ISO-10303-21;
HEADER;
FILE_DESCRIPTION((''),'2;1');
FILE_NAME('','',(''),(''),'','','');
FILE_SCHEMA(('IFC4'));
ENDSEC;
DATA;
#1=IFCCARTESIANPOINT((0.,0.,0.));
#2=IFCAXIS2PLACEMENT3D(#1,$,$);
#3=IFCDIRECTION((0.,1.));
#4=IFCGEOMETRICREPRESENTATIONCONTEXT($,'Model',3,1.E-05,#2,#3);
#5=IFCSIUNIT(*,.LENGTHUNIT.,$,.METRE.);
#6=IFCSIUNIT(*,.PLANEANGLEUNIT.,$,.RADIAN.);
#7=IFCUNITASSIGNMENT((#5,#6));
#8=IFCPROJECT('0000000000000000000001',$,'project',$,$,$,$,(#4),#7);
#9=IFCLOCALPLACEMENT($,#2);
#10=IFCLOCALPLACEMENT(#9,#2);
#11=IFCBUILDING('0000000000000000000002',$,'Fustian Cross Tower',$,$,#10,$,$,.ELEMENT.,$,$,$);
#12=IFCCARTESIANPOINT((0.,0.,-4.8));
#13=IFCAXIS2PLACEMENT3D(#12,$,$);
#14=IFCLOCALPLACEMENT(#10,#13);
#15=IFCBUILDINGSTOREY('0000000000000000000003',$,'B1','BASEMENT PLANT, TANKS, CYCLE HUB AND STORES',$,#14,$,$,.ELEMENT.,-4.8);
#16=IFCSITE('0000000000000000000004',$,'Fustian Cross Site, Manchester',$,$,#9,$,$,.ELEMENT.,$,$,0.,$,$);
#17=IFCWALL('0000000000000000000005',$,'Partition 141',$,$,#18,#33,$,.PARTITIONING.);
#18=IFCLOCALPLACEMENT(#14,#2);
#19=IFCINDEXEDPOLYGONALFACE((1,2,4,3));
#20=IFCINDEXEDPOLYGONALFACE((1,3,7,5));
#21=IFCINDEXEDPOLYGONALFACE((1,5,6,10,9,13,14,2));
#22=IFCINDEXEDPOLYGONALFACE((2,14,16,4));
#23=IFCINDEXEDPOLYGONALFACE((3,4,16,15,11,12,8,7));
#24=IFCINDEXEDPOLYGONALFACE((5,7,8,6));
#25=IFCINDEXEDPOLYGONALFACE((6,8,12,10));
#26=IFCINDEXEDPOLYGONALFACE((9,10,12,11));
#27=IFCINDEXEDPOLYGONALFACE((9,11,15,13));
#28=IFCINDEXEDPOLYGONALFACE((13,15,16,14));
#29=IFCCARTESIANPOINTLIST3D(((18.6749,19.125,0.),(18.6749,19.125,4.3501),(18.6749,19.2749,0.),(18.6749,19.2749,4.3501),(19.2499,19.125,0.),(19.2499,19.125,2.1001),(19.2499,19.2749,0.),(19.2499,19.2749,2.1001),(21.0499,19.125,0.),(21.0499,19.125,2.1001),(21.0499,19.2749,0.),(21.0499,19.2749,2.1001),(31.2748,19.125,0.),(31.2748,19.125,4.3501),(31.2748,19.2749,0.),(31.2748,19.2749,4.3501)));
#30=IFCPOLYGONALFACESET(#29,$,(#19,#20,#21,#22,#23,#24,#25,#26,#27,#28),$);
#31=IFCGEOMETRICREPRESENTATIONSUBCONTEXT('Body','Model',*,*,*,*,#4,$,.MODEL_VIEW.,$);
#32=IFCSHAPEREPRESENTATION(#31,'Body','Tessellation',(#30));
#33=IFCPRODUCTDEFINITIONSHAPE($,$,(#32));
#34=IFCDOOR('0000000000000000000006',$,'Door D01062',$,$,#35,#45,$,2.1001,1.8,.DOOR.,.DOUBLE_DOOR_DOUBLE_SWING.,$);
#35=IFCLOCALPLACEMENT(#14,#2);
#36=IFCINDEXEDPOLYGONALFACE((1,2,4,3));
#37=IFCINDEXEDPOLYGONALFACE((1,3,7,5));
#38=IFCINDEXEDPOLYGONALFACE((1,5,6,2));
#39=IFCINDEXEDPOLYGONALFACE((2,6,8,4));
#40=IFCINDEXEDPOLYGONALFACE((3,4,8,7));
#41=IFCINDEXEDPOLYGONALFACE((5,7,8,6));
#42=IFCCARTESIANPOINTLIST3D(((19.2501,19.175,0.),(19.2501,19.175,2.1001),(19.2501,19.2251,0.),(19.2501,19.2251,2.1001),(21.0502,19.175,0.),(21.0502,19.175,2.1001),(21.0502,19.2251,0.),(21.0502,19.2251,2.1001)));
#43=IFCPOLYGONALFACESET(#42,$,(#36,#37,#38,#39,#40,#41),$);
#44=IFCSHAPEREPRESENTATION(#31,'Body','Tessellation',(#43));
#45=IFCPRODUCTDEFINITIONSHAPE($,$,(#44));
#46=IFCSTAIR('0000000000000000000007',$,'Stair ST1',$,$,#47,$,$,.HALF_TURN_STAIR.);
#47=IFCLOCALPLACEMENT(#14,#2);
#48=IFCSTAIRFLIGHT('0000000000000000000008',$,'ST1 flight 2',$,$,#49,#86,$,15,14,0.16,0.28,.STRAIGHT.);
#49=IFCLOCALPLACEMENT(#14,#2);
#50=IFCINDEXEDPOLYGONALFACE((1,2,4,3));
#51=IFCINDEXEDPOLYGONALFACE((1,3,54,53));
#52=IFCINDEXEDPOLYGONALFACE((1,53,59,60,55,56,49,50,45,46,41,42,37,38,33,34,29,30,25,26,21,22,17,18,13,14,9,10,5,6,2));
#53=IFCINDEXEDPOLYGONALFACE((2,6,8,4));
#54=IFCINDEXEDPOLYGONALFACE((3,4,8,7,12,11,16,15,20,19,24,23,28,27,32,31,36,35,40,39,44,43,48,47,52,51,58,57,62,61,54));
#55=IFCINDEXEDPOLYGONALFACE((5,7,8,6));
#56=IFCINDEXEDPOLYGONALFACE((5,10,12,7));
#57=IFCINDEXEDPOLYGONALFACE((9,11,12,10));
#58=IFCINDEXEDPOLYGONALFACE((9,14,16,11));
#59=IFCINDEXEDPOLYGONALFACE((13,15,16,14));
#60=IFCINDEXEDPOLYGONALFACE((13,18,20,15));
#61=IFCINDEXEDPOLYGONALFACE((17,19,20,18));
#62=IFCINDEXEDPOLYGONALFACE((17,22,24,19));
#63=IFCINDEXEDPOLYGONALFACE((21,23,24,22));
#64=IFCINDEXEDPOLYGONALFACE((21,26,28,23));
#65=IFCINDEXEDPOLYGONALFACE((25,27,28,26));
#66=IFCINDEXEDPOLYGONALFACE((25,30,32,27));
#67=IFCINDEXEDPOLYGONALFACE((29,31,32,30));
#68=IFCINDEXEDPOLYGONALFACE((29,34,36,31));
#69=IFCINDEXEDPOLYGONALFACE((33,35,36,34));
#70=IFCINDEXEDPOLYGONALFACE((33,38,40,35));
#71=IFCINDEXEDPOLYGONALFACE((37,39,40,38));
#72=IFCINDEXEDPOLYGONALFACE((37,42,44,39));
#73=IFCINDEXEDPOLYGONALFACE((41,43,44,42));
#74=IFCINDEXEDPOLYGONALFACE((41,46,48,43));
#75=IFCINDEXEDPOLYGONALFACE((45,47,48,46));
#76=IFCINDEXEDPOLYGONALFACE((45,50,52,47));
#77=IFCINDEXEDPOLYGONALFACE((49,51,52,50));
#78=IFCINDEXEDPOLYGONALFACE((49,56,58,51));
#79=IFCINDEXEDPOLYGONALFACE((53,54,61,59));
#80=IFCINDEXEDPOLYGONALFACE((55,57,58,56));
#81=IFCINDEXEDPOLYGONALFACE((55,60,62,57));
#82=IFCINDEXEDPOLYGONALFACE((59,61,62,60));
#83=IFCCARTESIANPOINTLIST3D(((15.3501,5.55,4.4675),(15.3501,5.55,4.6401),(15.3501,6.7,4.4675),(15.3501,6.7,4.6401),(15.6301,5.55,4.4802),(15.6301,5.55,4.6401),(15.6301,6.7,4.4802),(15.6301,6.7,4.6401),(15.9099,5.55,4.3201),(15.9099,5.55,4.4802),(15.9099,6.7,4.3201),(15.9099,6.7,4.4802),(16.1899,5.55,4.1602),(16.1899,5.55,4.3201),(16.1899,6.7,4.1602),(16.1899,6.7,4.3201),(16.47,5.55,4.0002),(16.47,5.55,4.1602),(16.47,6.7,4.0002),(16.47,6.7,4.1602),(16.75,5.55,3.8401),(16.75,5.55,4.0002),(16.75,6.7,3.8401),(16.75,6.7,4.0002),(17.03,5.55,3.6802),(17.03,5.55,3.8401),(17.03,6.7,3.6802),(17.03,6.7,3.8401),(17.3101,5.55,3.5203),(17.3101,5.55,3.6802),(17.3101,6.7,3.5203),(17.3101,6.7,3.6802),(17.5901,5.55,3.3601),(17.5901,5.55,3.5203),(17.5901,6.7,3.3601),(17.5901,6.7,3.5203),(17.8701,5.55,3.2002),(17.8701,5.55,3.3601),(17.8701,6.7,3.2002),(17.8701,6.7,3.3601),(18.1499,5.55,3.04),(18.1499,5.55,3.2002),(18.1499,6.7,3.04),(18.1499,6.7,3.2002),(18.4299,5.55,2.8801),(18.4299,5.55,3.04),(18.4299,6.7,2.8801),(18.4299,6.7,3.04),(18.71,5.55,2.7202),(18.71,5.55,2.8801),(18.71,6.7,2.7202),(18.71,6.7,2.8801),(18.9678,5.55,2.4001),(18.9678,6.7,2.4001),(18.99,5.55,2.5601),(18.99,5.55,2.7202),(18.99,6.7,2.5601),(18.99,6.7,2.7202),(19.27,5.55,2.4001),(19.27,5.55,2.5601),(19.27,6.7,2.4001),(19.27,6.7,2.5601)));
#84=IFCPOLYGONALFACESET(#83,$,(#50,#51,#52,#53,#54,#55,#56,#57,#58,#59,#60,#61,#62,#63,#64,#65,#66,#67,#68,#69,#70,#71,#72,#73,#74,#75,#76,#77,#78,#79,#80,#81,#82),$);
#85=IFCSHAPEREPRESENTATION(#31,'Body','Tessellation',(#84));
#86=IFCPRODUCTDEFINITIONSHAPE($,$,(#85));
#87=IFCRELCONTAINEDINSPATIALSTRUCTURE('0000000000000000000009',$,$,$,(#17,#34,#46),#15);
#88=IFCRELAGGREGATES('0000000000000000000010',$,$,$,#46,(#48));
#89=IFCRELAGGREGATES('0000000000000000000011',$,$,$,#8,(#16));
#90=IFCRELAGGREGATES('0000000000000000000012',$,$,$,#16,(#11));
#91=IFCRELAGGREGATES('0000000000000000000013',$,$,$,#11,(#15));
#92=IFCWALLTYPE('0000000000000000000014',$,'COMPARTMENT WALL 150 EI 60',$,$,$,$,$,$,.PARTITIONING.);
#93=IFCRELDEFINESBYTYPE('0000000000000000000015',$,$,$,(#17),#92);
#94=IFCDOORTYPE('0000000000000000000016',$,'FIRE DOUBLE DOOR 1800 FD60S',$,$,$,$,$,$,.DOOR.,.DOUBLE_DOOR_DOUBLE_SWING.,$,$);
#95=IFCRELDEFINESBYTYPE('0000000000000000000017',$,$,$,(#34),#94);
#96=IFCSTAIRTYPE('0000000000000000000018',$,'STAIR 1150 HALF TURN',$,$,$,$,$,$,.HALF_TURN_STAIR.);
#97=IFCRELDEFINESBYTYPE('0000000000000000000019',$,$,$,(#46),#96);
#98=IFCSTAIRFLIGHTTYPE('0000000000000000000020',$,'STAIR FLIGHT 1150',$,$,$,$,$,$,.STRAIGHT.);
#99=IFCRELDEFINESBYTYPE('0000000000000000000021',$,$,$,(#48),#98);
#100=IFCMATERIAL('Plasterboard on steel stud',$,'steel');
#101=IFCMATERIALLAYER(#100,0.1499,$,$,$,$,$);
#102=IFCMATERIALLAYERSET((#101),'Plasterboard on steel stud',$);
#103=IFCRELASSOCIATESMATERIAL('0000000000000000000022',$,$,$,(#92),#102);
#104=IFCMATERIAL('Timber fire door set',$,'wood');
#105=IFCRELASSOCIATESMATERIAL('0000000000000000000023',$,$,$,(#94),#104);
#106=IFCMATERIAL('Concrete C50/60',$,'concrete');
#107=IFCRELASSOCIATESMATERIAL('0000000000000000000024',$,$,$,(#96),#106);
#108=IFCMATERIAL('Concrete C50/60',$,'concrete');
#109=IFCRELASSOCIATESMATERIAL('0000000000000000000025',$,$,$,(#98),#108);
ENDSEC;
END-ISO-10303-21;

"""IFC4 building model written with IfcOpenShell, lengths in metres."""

from ifc_helpers import new_model, si_unit, direction, frame, frame_2d, origin, place, context, subcontext, project, spatial, polyline, rectangle, outline, extrude, material, layer, layer_set, type_object, element, fill, aggregate, save


model = new_model("IFC4")

# Units and contexts
model_context = context("Model", 3, precision=1e-05, world=origin(), true_north=direction((0.0, 1.0)))
body_context = subcontext(model_context, "Body", "Model", "MODEL_VIEW")
ifc_project = project(units=[si_unit("LENGTHUNIT", "METRE"), si_unit("PLANEANGLEUNIT", "RADIAN")], contexts=[model_context])

# Site, building, storey
site_placement = place(None, origin())
site = spatial("IfcSite", under=ifc_project, at=site_placement, Name="Fustian Cross Site, Manchester", CompositionType="ELEMENT", RefElevation=0.0)
building_placement = place(site_placement, origin())
building = spatial("IfcBuilding", under=site, at=building_placement, Name="Fustian Cross Tower", CompositionType="ELEMENT")
storey_placement = place(building_placement, frame((0.0, 0.0, -4.8)))
storey = spatial("IfcBuildingStorey", under=building, at=storey_placement, Name="B1", Description="BASEMENT PLANT, TANKS, CYCLE HUB AND STORES", CompositionType="ELEMENT", Elevation=-4.8)

# Shared definitions
ifc_material_1 = material(Name="Plasterboard on steel stud", Category="steel")
ifc_layer = layer(ifc_material_1, 0.1499)
ifc_layer_set = layer_set([ifc_layer], Name="Plasterboard on steel stud")
wall_type = type_object("IfcWallType", Name="COMPARTMENT WALL 150 EI 60", PredefinedType="PARTITIONING", material=ifc_layer_set)
ifc_material_2 = material(Name="Timber fire door set", Category="wood")
door_type = type_object("IfcDoorType", Name="FIRE DOUBLE DOOR 1800 FD60S", OperationType="DOUBLE_DOOR_DOUBLE_SWING", PredefinedType="DOOR", material=ifc_material_2)

# Wall, opening, door
wall_1_placement = place(storey_placement, frame((18.675, 19.2, 0.0), z_axis=(0.0, 0.0, 1.0), x_axis=(1.0, 0.0, 0.0)))
wall_1 = element("IfcWall", 1, at=wall_1_placement, inside=storey, type_object=wall_type, Name="Partition 141", PredefinedType="PARTITIONING", context=body_context, shape_type="SweptSolid", body=[
    extrude(rectangle(XDim=12.5999, YDim=0.1499, at=frame_2d((6.2998, 0.0))), origin(), (0.0, 0.0, 1.0), 4.3501),
])
opening_1_placement = place(wall_1_placement, frame((0.575, 0.0, 0.0)))
opening_1 = element("IfcOpeningElement", 2, at=opening_1_placement, cuts=wall_1, PredefinedType="OPENING", context=body_context, shape_type="SweptSolid", body=[
    extrude(rectangle(XDim=1.8, YDim=2.1001, at=frame_2d((0.8999, 1.05))), frame((0.0, 0.085, 0.0), z_axis=(0.0, -1.0, 0.0), x_axis=(1.0, 0.0, 0.0)), (0.0, 0.0, 1.0), 0.1699),
])
door_1_placement = place(opening_1_placement, frame((1.8, 0.0, 0.0), z_axis=(0.0, 0.0, 1.0), x_axis=(-1.0, 0.0, 0.0)))
door_1 = element("IfcDoor", 3, at=door_1_placement, inside=storey, type_object=door_type, Name="Door D01062", OperationType="DOUBLE_DOOR_DOUBLE_SWING", OverallHeight=2.1001, OverallWidth=1.8, PredefinedType="DOOR", context=body_context, shape_type="SweptSolid", body=[
    extrude(rectangle(XDim=1.8, YDim=2.1001, at=frame_2d((0.8999, 1.05))), frame((0.0, 0.0249, 0.0), z_axis=(0.0, -1.0, 0.0), x_axis=(1.0, 0.0, 0.0)), (0.0, 0.0, 1.0), 0.05),
])
fill(opening_1, door_1)

# Stair, stair flight
ifc_material_3 = material(Name="Concrete C50/60", Category="concrete")
stair_type = type_object("IfcStairType", Name="STAIR 1150 HALF TURN", PredefinedType="HALF_TURN_STAIR", material=ifc_material_3)
stair_placement = place(storey_placement, origin())
stair = element("IfcStair", 4, at=stair_placement, inside=storey, type_object=stair_type, Name="Stair ST1", PredefinedType="HALF_TURN_STAIR")
ifc_material_4 = material(Name="Concrete C50/60", Category="concrete")
stair_flight_type = type_object("IfcStairFlightType", Name="STAIR FLIGHT 1150", PredefinedType="STRAIGHT", material=ifc_material_4)
stair_flight_placement = place(storey_placement, frame((19.27, 6.125, 2.4001), z_axis=(0.0, 0.0, 1.0), x_axis=(-1.0, 0.0, 0.0)))
stair_flight = element("IfcStairFlight", 5, at=stair_flight_placement, type_object=stair_flight_type, Name="ST1 flight 2", NumberOfRisers=15, NumberOfTreads=14, PredefinedType="STRAIGHT", RiserHeight=0.16, TreadLength=0.28, context=body_context, shape_type="SweptSolid", body=[
    extrude(outline(polyline([(0.0, 0.0), (0.0, 0.1599), (0.28, 0.1599), (0.28, 0.3201), (0.5601, 0.3201), (0.5601, 0.48), (0.8401, 0.48), (0.8401, 0.6399), (1.1201, 0.6399), (1.1201, 0.8), (1.3999, 0.8), (1.3999, 0.96), (1.6799, 0.96), (1.6799, 1.1201), (1.96, 1.1201), (1.96, 1.28), (2.24, 1.28), (2.24, 1.4399), (2.52, 1.4399), (2.52, 1.6001), (2.8, 1.6001), (2.8, 1.76), (3.0801, 1.76), (3.0801, 1.9199), (3.3601, 1.9199), (3.3601, 2.0801), (3.6399, 2.0801), (3.6399, 2.24), (3.9199, 2.24), (3.9199, 2.3999), (3.9199, 2.0674), (0.3022, 0.0), (0.0, 0.0)])), frame((0.0, 0.575, 0.0), z_axis=(0.0, -1.0, 0.0), x_axis=(1.0, 0.0, 0.0)), (0.0, 0.0, 1.0), 1.1499),
])
aggregate(stair, [stair_flight])

save(model, "model.ifc")
